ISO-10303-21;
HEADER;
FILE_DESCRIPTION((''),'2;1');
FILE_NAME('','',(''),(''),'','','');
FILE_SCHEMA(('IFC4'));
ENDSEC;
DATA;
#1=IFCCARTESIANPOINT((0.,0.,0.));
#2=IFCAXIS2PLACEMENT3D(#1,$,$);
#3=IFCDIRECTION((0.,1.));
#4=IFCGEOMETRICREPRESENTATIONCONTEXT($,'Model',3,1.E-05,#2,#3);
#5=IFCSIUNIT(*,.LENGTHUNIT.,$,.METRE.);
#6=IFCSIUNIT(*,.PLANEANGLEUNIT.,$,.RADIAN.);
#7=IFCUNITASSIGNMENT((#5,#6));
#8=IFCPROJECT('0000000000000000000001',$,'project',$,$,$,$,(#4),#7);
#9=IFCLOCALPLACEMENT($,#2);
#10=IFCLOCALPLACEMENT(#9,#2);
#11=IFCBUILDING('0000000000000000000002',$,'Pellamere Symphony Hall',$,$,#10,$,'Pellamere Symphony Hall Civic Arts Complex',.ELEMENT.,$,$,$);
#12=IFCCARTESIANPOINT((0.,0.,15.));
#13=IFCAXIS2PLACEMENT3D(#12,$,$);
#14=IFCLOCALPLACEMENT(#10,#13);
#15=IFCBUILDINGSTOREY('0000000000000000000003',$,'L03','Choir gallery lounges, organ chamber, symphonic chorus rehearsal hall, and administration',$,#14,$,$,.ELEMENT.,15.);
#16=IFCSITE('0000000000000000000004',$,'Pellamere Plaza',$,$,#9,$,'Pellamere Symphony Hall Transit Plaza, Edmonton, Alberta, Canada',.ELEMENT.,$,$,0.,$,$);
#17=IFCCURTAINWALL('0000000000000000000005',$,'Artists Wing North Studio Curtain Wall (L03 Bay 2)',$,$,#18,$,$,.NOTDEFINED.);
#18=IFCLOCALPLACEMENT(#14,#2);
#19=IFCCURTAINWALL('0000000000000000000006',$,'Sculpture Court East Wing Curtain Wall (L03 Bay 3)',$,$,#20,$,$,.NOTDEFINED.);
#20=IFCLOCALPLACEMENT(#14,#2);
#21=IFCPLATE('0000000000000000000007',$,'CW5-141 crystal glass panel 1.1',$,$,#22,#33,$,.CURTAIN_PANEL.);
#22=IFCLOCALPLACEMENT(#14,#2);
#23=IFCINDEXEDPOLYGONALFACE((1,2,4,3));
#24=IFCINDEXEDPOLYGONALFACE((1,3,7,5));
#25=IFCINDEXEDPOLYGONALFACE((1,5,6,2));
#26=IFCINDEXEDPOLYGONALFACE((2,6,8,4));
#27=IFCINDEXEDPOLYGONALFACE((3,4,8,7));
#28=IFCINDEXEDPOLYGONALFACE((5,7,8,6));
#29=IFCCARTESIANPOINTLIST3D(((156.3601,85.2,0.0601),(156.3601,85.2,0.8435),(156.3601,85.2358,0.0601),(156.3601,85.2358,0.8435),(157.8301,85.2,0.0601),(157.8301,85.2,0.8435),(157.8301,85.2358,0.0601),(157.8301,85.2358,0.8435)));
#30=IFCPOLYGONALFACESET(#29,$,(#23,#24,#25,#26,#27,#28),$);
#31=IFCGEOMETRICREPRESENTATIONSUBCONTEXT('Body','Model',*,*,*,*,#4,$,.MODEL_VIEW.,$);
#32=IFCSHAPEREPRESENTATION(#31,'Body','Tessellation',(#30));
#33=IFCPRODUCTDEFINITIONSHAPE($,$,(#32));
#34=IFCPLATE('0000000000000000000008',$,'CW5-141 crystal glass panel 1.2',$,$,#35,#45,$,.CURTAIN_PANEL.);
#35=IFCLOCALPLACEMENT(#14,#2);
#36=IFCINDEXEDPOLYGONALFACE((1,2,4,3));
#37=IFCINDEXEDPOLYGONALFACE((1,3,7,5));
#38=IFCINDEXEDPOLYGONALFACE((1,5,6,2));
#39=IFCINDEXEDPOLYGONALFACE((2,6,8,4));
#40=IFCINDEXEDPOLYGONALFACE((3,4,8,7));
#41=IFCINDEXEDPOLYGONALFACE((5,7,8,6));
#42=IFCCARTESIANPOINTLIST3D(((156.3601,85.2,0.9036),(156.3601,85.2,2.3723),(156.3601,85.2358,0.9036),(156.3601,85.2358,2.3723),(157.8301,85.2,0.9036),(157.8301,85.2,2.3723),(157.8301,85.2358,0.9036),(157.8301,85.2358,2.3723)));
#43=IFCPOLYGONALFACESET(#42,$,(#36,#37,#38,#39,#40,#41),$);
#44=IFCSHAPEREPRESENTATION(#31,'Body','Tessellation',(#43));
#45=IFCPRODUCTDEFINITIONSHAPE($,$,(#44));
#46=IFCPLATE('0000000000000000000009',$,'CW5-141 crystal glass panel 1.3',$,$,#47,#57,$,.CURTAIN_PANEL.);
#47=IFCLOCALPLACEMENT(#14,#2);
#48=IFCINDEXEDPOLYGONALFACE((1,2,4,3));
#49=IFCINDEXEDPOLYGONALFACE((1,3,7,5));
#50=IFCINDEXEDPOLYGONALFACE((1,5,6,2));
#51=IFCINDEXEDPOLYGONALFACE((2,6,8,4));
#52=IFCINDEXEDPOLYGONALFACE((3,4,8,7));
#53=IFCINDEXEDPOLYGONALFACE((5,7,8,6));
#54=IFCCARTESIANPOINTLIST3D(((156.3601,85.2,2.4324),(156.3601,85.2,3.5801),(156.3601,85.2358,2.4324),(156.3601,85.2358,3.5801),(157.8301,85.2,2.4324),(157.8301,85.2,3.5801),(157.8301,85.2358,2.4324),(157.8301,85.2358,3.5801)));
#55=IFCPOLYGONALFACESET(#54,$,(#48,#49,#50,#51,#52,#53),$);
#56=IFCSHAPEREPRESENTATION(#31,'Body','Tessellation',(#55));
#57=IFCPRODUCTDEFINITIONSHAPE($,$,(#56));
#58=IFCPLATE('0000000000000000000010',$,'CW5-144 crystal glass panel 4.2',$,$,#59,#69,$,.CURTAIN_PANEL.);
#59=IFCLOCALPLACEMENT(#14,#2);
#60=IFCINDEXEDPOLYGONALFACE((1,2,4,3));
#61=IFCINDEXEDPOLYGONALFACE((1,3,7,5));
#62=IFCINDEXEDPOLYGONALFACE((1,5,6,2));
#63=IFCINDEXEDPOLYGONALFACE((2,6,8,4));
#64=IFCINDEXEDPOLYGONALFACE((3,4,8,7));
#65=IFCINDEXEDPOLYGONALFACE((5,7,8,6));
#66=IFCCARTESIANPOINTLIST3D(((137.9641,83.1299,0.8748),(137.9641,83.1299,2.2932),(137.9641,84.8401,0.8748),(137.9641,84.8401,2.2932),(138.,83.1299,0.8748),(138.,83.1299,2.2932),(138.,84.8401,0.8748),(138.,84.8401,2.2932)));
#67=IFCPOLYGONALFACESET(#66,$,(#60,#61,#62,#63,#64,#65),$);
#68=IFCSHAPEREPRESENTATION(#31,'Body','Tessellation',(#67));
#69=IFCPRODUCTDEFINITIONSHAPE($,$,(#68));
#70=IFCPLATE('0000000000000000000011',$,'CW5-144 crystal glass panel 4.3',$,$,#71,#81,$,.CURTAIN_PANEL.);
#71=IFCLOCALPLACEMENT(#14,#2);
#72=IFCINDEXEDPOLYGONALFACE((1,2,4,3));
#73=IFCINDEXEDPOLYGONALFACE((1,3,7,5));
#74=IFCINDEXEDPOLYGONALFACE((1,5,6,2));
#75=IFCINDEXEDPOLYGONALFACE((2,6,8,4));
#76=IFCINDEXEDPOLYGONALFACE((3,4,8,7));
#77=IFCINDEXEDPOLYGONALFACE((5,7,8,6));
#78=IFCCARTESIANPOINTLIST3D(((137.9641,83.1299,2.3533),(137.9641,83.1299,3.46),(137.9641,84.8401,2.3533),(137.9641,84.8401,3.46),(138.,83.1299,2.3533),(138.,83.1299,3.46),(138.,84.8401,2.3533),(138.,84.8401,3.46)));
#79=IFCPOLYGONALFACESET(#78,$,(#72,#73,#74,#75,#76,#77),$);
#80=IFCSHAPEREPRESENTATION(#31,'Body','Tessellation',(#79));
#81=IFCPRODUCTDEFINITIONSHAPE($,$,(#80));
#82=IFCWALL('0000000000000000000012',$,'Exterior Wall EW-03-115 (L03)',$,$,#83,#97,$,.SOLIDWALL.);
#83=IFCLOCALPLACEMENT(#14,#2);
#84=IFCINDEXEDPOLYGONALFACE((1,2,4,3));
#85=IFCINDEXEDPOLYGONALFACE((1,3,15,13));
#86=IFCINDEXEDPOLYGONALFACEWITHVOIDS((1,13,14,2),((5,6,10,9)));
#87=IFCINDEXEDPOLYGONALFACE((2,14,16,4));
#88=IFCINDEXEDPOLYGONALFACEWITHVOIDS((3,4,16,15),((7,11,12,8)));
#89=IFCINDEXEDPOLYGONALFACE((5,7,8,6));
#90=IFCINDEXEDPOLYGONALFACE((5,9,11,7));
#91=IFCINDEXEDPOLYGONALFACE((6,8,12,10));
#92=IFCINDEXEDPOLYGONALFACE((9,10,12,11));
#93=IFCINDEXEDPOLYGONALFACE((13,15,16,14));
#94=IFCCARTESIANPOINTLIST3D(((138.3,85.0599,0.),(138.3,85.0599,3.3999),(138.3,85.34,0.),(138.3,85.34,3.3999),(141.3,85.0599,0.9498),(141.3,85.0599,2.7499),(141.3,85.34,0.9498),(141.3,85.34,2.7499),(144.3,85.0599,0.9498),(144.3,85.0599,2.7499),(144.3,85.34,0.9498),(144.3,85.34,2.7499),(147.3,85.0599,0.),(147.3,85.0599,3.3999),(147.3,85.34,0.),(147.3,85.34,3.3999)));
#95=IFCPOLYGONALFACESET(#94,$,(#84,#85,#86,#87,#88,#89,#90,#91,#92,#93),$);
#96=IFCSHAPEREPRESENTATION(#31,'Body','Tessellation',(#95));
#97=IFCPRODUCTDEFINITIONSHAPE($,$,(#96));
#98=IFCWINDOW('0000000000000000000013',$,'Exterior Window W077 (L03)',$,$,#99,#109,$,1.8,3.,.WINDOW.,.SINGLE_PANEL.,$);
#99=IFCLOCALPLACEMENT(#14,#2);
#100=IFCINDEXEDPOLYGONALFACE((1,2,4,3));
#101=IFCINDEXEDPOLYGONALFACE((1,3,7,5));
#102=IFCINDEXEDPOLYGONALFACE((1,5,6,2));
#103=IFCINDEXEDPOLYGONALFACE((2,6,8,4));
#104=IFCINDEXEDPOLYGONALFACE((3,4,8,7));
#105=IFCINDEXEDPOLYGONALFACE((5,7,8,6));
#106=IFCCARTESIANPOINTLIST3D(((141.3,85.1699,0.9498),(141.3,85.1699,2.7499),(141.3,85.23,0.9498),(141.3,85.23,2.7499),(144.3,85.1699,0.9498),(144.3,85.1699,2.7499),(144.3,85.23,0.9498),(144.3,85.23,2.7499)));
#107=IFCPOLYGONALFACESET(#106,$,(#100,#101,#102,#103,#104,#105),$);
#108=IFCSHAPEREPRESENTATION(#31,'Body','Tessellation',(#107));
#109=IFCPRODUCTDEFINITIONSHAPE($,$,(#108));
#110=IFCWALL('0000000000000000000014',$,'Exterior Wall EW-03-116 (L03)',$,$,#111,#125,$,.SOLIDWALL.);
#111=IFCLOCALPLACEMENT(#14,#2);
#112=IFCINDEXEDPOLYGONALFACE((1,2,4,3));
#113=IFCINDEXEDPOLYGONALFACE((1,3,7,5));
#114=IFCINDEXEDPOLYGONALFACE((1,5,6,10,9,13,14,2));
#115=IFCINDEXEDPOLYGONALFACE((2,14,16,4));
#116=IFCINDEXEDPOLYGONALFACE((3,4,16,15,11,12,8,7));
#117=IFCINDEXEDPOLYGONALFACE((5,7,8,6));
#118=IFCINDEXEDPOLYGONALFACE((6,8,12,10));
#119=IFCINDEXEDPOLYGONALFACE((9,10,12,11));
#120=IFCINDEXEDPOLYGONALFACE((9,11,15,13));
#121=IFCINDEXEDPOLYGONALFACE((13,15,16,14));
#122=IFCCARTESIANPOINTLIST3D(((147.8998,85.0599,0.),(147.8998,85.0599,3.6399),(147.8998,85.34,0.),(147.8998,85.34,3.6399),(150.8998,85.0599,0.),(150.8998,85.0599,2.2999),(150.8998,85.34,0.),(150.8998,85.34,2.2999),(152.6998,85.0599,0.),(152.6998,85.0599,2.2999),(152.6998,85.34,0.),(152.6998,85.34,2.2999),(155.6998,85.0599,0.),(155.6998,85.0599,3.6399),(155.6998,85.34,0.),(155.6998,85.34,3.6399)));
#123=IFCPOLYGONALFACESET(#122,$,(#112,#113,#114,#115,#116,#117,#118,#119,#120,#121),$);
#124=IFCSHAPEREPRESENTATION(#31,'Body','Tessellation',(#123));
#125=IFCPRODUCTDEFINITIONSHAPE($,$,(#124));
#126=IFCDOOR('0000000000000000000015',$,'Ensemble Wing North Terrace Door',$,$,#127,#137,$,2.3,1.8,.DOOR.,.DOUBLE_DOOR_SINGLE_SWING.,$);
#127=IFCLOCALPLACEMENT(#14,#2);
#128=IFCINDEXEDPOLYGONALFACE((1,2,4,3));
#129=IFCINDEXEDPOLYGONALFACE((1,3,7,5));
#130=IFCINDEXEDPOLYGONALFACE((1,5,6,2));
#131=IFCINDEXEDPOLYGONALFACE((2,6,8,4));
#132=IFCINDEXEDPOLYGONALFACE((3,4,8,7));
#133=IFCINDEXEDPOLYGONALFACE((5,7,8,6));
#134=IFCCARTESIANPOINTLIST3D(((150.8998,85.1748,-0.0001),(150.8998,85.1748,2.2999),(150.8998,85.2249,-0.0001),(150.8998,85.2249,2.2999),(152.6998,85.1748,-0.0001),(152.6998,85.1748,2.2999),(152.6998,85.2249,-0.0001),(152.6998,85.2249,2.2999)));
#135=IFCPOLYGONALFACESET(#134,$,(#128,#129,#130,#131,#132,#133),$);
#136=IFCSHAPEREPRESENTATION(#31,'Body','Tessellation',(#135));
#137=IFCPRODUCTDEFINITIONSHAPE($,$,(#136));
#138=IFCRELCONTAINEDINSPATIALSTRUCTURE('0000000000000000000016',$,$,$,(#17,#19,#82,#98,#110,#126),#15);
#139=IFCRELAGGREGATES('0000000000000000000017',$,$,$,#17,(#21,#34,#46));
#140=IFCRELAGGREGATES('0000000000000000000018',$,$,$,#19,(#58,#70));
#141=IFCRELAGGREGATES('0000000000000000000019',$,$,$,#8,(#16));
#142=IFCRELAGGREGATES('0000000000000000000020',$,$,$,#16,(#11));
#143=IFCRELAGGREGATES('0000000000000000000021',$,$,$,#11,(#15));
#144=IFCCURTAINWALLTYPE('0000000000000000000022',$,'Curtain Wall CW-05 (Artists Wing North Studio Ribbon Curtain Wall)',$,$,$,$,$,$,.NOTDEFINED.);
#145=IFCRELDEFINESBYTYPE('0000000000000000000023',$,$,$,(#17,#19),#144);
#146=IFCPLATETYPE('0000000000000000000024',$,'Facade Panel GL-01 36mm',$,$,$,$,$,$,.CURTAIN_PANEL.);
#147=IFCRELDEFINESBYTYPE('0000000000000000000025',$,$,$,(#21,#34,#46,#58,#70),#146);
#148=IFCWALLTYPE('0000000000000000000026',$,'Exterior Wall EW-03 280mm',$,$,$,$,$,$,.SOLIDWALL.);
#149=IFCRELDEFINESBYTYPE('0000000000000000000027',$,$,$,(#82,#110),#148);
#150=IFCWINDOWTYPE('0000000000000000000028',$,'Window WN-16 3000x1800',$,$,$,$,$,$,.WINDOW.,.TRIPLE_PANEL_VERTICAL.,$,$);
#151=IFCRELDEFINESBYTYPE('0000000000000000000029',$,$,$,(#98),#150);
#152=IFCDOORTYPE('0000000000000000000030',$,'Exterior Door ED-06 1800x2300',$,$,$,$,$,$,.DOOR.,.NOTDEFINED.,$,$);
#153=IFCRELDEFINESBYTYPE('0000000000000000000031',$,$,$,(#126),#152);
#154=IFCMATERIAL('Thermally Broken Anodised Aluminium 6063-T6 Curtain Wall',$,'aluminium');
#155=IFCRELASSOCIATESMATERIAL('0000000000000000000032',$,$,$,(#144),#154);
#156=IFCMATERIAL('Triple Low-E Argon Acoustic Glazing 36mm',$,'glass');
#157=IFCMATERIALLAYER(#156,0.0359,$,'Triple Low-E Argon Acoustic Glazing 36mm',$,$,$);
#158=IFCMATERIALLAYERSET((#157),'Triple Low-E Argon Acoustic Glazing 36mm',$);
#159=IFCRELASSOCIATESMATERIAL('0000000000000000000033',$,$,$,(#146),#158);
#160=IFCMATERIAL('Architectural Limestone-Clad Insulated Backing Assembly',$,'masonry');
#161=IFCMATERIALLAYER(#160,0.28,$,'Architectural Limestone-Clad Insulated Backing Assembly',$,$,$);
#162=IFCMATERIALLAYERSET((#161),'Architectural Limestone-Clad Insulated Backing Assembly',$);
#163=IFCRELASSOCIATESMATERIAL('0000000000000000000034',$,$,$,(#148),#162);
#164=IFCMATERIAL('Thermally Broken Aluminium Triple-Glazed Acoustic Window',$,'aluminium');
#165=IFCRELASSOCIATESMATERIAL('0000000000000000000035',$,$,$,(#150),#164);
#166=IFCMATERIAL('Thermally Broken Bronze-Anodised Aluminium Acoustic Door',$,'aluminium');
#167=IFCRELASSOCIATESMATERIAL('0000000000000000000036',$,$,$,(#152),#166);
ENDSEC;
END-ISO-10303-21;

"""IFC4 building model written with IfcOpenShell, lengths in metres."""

from ifc_helpers import new_model, si_unit, direction, frame, frame_2d, origin, place, context, subcontext, project, spatial, polyline, rectangle, outline, extrude, material, layer, layer_set, type_object, element, fill, aggregate, save


model = new_model("IFC4")

# Units and contexts
model_context = context("Model", 3, precision=1e-05, world=origin(), true_north=direction((0.0, 1.0)))
body_context = subcontext(model_context, "Body", "Model", "MODEL_VIEW")
ifc_project = project(units=[si_unit("LENGTHUNIT", "METRE"), si_unit("PLANEANGLEUNIT", "RADIAN")], contexts=[model_context])

# Site, building, storey
site_placement = place(None, origin())
site = spatial("IfcSite", under=ifc_project, at=site_placement, Name="Pellamere Plaza", LongName="Pellamere Symphony Hall Transit Plaza, Edmonton, Alberta, Canada", CompositionType="ELEMENT", RefElevation=0.0)
building_placement = place(site_placement, origin())
building = spatial("IfcBuilding", under=site, at=building_placement, Name="Pellamere Symphony Hall", LongName="Pellamere Symphony Hall Civic Arts Complex", CompositionType="ELEMENT")
storey_placement = place(building_placement, frame((0.0, 0.0, 15.0)))
storey = spatial("IfcBuildingStorey", under=building, at=storey_placement, Name="L03", Description="Choir gallery lounges, organ chamber, symphonic chorus rehearsal hall, and administration", CompositionType="ELEMENT", Elevation=15.0)

# Curtain wall
ifc_material_1 = material(Name="Thermally Broken Anodised Aluminium 6063-T6 Curtain Wall", Category="aluminium")
curtain_wall_type = type_object("IfcCurtainWallType", Name="Curtain Wall CW-05 (Artists Wing North Studio Ribbon Curtain Wall)", PredefinedType="NOTDEFINED", material=ifc_material_1)
curtain_wall_1_placement = place(storey_placement, origin())
curtain_wall_1 = element("IfcCurtainWall", 1, at=curtain_wall_1_placement, inside=storey, type_object=curtain_wall_type, Name="Artists Wing North Studio Curtain Wall (L03 Bay 2)", PredefinedType="NOTDEFINED")

# Curtain wall
curtain_wall_2_placement = place(storey_placement, origin())
curtain_wall_2 = element("IfcCurtainWall", 2, at=curtain_wall_2_placement, inside=storey, type_object=curtain_wall_type, Name="Sculpture Court East Wing Curtain Wall (L03 Bay 3)", PredefinedType="NOTDEFINED")

# Plates
ifc_material_2 = material(Name="Triple Low-E Argon Acoustic Glazing 36mm", Category="glass")
ifc_layer_1 = layer(ifc_material_2, 0.0359, Name="Triple Low-E Argon Acoustic Glazing 36mm")
ifc_layer_set_1 = layer_set([ifc_layer_1], Name="Triple Low-E Argon Acoustic Glazing 36mm")
plate_type = type_object("IfcPlateType", Name="Facade Panel GL-01 36mm", PredefinedType="CURTAIN_PANEL", material=ifc_layer_set_1)
plate_1_placement = place(storey_placement, frame((156.3601, 85.2, 0.0601), z_axis=(0.0, -1.0, 0.0), x_axis=(1.0, 0.0, 0.0)))
plate_1 = element("IfcPlate", 3, at=plate_1_placement, type_object=plate_type, Name="CW5-141 crystal glass panel 1.1", PredefinedType="CURTAIN_PANEL", context=body_context, shape_type="SweptSolid", body=[
    extrude(outline(polyline([(0.0, 0.0), (1.47, 0.0), (1.47, 0.7834), (0.0, 0.7834), (0.0, 0.0)])), origin(), (0.0, 0.0, -1.0), 0.0359),
])
plate_2_placement = place(storey_placement, frame((156.3601, 85.2, 0.9036), z_axis=(0.0, -1.0, 0.0), x_axis=(1.0, 0.0, 0.0)))
plate_2 = element("IfcPlate", 4, at=plate_2_placement, type_object=plate_type, Name="CW5-141 crystal glass panel 1.2", PredefinedType="CURTAIN_PANEL", context=body_context, shape_type="SweptSolid", body=[
    extrude(outline(polyline([(0.0, 0.0), (1.47, 0.0), (1.47, 1.4688), (0.0, 1.4688), (0.0, 0.0)])), origin(), (0.0, 0.0, -1.0), 0.0359),
])
plate_3_placement = place(storey_placement, frame((156.3601, 85.2, 2.4324), z_axis=(0.0, -1.0, 0.0), x_axis=(1.0, 0.0, 0.0)))
plate_3 = element("IfcPlate", 5, at=plate_3_placement, type_object=plate_type, Name="CW5-141 crystal glass panel 1.3", PredefinedType="CURTAIN_PANEL", context=body_context, shape_type="SweptSolid", body=[
    extrude(outline(polyline([(0.0, 0.0), (1.47, 0.0), (1.47, 1.1477), (0.0, 1.1477), (0.0, 0.0)])), origin(), (0.0, 0.0, -1.0), 0.0359),
])
aggregate(curtain_wall_1, [plate_1, plate_2, plate_3])
plate_4_placement = place(storey_placement, frame((138.0, 83.1299, 0.8748), z_axis=(1.0, 0.0, 0.0), x_axis=(0.0, 1.0, 0.0)))
plate_4 = element("IfcPlate", 6, at=plate_4_placement, type_object=plate_type, Name="CW5-144 crystal glass panel 4.2", PredefinedType="CURTAIN_PANEL", context=body_context, shape_type="SweptSolid", body=[
    extrude(outline(polyline([(0.0, 0.0), (1.7102, 0.0), (1.7102, 1.4185), (0.0, 1.4185), (0.0, 0.0)])), origin(), (0.0, 0.0, -1.0), 0.0359),
])
plate_5_placement = place(storey_placement, frame((138.0, 83.1299, 2.3533), z_axis=(1.0, 0.0, 0.0), x_axis=(0.0, 1.0, 0.0)))
plate_5 = element("IfcPlate", 7, at=plate_5_placement, type_object=plate_type, Name="CW5-144 crystal glass panel 4.3", PredefinedType="CURTAIN_PANEL", context=body_context, shape_type="SweptSolid", body=[
    extrude(outline(polyline([(0.0, 0.0), (1.7102, 0.0), (1.7102, 1.1067), (0.0, 1.1067), (0.0, 0.0)])), origin(), (0.0, 0.0, -1.0), 0.0359),
])
aggregate(curtain_wall_2, [plate_4, plate_5])

# Wall, opening, window
ifc_material_3 = material(Name="Architectural Limestone-Clad Insulated Backing Assembly", Category="masonry")
ifc_layer_2 = layer(ifc_material_3, 0.28, Name="Architectural Limestone-Clad Insulated Backing Assembly")
ifc_layer_set_2 = layer_set([ifc_layer_2], Name="Architectural Limestone-Clad Insulated Backing Assembly")
wall_type = type_object("IfcWallType", Name="Exterior Wall EW-03 280mm", PredefinedType="SOLIDWALL", material=ifc_layer_set_2)
wall_1_placement = place(storey_placement, frame((138.3, 85.2, 0.0), z_axis=(0.0, 0.0, 1.0), x_axis=(1.0, 0.0, 0.0)))
wall_1 = element("IfcWall", 8, at=wall_1_placement, inside=storey, type_object=wall_type, Name="Exterior Wall EW-03-115 (L03)", PredefinedType="SOLIDWALL", context=body_context, shape_type="SweptSolid", body=[
    extrude(rectangle(XDim=9.0, YDim=0.28, at=frame_2d((4.5, 0.0))), origin(), (0.0, 0.0, 1.0), 3.3999),
])
opening_1_placement = place(wall_1_placement, frame((3.0, 0.0, 0.95)))
opening_1 = element("IfcOpeningElement", 9, at=opening_1_placement, cuts=wall_1, PredefinedType="OPENING", context=body_context, shape_type="SweptSolid", body=[
    extrude(rectangle(XDim=3.0, YDim=1.8, at=frame_2d((1.5, 0.8999))), frame((0.0, 0.1499, 0.0), z_axis=(0.0, -1.0, 0.0), x_axis=(1.0, 0.0, 0.0)), (0.0, 0.0, 1.0), 0.3),
])
ifc_material_4 = material(Name="Thermally Broken Aluminium Triple-Glazed Acoustic Window", Category="aluminium")
window_type = type_object("IfcWindowType", Name="Window WN-16 3000x1800", PartitioningType="TRIPLE_PANEL_VERTICAL", PredefinedType="WINDOW", material=ifc_material_4)
window_placement = place(opening_1_placement, origin())
window = element("IfcWindow", 10, at=window_placement, inside=storey, type_object=window_type, Name="Exterior Window W077 (L03)", OverallHeight=1.8, OverallWidth=3.0, PartitioningType="SINGLE_PANEL", PredefinedType="WINDOW", context=body_context, shape_type="SweptSolid", body=[
    extrude(rectangle(XDim=3.0, YDim=1.8, at=frame_2d((1.5, 0.8999))), frame((0.0, 0.03, 0.0), z_axis=(0.0, -1.0, 0.0), x_axis=(1.0, 0.0, 0.0)), (0.0, 0.0, 1.0), 0.0601),
])
fill(opening_1, window)

# Wall, opening, door
wall_2_placement = place(storey_placement, frame((147.8999, 85.2, 0.0), z_axis=(0.0, 0.0, 1.0), x_axis=(1.0, 0.0, 0.0)))
wall_2 = element("IfcWall", 11, at=wall_2_placement, inside=storey, type_object=wall_type, Name="Exterior Wall EW-03-116 (L03)", PredefinedType="SOLIDWALL", context=body_context, shape_type="SweptSolid", body=[
    extrude(rectangle(XDim=7.8, YDim=0.28, at=frame_2d((3.8999, 0.0))), origin(), (0.0, 0.0, 1.0), 3.6399),
])
opening_2_placement = place(wall_2_placement, frame((3.0, 0.0, 0.0)))
opening_2 = element("IfcOpeningElement", 12, at=opening_2_placement, cuts=wall_2, PredefinedType="OPENING", context=body_context, shape_type="SweptSolid", body=[
    extrude(rectangle(XDim=1.8, YDim=2.3, at=frame_2d((0.8999, 1.1499))), frame((0.0, 0.1499, 0.0), z_axis=(0.0, -1.0, 0.0), x_axis=(1.0, 0.0, 0.0)), (0.0, 0.0, 1.0), 0.3),
])
ifc_material_5 = material(Name="Thermally Broken Bronze-Anodised Aluminium Acoustic Door", Category="aluminium")
door_type = type_object("IfcDoorType", Name="Exterior Door ED-06 1800x2300", OperationType="NOTDEFINED", PredefinedType="DOOR", material=ifc_material_5)
door_placement = place(opening_2_placement, origin())
door = element("IfcDoor", 13, at=door_placement, inside=storey, type_object=door_type, Name="Ensemble Wing North Terrace Door", OperationType="DOUBLE_DOOR_SINGLE_SWING", OverallHeight=2.3, OverallWidth=1.8, PredefinedType="DOOR", context=body_context, shape_type="SweptSolid", body=[
    extrude(rectangle(XDim=1.8, YDim=2.3, at=frame_2d((0.8999, 1.1499))), frame((0.0, 0.0249, 0.0), z_axis=(0.0, -1.0, 0.0), x_axis=(1.0, 0.0, 0.0)), (0.0, 0.0, 1.0), 0.05),
])
fill(opening_2, door)

save(model, "model.ifc")
